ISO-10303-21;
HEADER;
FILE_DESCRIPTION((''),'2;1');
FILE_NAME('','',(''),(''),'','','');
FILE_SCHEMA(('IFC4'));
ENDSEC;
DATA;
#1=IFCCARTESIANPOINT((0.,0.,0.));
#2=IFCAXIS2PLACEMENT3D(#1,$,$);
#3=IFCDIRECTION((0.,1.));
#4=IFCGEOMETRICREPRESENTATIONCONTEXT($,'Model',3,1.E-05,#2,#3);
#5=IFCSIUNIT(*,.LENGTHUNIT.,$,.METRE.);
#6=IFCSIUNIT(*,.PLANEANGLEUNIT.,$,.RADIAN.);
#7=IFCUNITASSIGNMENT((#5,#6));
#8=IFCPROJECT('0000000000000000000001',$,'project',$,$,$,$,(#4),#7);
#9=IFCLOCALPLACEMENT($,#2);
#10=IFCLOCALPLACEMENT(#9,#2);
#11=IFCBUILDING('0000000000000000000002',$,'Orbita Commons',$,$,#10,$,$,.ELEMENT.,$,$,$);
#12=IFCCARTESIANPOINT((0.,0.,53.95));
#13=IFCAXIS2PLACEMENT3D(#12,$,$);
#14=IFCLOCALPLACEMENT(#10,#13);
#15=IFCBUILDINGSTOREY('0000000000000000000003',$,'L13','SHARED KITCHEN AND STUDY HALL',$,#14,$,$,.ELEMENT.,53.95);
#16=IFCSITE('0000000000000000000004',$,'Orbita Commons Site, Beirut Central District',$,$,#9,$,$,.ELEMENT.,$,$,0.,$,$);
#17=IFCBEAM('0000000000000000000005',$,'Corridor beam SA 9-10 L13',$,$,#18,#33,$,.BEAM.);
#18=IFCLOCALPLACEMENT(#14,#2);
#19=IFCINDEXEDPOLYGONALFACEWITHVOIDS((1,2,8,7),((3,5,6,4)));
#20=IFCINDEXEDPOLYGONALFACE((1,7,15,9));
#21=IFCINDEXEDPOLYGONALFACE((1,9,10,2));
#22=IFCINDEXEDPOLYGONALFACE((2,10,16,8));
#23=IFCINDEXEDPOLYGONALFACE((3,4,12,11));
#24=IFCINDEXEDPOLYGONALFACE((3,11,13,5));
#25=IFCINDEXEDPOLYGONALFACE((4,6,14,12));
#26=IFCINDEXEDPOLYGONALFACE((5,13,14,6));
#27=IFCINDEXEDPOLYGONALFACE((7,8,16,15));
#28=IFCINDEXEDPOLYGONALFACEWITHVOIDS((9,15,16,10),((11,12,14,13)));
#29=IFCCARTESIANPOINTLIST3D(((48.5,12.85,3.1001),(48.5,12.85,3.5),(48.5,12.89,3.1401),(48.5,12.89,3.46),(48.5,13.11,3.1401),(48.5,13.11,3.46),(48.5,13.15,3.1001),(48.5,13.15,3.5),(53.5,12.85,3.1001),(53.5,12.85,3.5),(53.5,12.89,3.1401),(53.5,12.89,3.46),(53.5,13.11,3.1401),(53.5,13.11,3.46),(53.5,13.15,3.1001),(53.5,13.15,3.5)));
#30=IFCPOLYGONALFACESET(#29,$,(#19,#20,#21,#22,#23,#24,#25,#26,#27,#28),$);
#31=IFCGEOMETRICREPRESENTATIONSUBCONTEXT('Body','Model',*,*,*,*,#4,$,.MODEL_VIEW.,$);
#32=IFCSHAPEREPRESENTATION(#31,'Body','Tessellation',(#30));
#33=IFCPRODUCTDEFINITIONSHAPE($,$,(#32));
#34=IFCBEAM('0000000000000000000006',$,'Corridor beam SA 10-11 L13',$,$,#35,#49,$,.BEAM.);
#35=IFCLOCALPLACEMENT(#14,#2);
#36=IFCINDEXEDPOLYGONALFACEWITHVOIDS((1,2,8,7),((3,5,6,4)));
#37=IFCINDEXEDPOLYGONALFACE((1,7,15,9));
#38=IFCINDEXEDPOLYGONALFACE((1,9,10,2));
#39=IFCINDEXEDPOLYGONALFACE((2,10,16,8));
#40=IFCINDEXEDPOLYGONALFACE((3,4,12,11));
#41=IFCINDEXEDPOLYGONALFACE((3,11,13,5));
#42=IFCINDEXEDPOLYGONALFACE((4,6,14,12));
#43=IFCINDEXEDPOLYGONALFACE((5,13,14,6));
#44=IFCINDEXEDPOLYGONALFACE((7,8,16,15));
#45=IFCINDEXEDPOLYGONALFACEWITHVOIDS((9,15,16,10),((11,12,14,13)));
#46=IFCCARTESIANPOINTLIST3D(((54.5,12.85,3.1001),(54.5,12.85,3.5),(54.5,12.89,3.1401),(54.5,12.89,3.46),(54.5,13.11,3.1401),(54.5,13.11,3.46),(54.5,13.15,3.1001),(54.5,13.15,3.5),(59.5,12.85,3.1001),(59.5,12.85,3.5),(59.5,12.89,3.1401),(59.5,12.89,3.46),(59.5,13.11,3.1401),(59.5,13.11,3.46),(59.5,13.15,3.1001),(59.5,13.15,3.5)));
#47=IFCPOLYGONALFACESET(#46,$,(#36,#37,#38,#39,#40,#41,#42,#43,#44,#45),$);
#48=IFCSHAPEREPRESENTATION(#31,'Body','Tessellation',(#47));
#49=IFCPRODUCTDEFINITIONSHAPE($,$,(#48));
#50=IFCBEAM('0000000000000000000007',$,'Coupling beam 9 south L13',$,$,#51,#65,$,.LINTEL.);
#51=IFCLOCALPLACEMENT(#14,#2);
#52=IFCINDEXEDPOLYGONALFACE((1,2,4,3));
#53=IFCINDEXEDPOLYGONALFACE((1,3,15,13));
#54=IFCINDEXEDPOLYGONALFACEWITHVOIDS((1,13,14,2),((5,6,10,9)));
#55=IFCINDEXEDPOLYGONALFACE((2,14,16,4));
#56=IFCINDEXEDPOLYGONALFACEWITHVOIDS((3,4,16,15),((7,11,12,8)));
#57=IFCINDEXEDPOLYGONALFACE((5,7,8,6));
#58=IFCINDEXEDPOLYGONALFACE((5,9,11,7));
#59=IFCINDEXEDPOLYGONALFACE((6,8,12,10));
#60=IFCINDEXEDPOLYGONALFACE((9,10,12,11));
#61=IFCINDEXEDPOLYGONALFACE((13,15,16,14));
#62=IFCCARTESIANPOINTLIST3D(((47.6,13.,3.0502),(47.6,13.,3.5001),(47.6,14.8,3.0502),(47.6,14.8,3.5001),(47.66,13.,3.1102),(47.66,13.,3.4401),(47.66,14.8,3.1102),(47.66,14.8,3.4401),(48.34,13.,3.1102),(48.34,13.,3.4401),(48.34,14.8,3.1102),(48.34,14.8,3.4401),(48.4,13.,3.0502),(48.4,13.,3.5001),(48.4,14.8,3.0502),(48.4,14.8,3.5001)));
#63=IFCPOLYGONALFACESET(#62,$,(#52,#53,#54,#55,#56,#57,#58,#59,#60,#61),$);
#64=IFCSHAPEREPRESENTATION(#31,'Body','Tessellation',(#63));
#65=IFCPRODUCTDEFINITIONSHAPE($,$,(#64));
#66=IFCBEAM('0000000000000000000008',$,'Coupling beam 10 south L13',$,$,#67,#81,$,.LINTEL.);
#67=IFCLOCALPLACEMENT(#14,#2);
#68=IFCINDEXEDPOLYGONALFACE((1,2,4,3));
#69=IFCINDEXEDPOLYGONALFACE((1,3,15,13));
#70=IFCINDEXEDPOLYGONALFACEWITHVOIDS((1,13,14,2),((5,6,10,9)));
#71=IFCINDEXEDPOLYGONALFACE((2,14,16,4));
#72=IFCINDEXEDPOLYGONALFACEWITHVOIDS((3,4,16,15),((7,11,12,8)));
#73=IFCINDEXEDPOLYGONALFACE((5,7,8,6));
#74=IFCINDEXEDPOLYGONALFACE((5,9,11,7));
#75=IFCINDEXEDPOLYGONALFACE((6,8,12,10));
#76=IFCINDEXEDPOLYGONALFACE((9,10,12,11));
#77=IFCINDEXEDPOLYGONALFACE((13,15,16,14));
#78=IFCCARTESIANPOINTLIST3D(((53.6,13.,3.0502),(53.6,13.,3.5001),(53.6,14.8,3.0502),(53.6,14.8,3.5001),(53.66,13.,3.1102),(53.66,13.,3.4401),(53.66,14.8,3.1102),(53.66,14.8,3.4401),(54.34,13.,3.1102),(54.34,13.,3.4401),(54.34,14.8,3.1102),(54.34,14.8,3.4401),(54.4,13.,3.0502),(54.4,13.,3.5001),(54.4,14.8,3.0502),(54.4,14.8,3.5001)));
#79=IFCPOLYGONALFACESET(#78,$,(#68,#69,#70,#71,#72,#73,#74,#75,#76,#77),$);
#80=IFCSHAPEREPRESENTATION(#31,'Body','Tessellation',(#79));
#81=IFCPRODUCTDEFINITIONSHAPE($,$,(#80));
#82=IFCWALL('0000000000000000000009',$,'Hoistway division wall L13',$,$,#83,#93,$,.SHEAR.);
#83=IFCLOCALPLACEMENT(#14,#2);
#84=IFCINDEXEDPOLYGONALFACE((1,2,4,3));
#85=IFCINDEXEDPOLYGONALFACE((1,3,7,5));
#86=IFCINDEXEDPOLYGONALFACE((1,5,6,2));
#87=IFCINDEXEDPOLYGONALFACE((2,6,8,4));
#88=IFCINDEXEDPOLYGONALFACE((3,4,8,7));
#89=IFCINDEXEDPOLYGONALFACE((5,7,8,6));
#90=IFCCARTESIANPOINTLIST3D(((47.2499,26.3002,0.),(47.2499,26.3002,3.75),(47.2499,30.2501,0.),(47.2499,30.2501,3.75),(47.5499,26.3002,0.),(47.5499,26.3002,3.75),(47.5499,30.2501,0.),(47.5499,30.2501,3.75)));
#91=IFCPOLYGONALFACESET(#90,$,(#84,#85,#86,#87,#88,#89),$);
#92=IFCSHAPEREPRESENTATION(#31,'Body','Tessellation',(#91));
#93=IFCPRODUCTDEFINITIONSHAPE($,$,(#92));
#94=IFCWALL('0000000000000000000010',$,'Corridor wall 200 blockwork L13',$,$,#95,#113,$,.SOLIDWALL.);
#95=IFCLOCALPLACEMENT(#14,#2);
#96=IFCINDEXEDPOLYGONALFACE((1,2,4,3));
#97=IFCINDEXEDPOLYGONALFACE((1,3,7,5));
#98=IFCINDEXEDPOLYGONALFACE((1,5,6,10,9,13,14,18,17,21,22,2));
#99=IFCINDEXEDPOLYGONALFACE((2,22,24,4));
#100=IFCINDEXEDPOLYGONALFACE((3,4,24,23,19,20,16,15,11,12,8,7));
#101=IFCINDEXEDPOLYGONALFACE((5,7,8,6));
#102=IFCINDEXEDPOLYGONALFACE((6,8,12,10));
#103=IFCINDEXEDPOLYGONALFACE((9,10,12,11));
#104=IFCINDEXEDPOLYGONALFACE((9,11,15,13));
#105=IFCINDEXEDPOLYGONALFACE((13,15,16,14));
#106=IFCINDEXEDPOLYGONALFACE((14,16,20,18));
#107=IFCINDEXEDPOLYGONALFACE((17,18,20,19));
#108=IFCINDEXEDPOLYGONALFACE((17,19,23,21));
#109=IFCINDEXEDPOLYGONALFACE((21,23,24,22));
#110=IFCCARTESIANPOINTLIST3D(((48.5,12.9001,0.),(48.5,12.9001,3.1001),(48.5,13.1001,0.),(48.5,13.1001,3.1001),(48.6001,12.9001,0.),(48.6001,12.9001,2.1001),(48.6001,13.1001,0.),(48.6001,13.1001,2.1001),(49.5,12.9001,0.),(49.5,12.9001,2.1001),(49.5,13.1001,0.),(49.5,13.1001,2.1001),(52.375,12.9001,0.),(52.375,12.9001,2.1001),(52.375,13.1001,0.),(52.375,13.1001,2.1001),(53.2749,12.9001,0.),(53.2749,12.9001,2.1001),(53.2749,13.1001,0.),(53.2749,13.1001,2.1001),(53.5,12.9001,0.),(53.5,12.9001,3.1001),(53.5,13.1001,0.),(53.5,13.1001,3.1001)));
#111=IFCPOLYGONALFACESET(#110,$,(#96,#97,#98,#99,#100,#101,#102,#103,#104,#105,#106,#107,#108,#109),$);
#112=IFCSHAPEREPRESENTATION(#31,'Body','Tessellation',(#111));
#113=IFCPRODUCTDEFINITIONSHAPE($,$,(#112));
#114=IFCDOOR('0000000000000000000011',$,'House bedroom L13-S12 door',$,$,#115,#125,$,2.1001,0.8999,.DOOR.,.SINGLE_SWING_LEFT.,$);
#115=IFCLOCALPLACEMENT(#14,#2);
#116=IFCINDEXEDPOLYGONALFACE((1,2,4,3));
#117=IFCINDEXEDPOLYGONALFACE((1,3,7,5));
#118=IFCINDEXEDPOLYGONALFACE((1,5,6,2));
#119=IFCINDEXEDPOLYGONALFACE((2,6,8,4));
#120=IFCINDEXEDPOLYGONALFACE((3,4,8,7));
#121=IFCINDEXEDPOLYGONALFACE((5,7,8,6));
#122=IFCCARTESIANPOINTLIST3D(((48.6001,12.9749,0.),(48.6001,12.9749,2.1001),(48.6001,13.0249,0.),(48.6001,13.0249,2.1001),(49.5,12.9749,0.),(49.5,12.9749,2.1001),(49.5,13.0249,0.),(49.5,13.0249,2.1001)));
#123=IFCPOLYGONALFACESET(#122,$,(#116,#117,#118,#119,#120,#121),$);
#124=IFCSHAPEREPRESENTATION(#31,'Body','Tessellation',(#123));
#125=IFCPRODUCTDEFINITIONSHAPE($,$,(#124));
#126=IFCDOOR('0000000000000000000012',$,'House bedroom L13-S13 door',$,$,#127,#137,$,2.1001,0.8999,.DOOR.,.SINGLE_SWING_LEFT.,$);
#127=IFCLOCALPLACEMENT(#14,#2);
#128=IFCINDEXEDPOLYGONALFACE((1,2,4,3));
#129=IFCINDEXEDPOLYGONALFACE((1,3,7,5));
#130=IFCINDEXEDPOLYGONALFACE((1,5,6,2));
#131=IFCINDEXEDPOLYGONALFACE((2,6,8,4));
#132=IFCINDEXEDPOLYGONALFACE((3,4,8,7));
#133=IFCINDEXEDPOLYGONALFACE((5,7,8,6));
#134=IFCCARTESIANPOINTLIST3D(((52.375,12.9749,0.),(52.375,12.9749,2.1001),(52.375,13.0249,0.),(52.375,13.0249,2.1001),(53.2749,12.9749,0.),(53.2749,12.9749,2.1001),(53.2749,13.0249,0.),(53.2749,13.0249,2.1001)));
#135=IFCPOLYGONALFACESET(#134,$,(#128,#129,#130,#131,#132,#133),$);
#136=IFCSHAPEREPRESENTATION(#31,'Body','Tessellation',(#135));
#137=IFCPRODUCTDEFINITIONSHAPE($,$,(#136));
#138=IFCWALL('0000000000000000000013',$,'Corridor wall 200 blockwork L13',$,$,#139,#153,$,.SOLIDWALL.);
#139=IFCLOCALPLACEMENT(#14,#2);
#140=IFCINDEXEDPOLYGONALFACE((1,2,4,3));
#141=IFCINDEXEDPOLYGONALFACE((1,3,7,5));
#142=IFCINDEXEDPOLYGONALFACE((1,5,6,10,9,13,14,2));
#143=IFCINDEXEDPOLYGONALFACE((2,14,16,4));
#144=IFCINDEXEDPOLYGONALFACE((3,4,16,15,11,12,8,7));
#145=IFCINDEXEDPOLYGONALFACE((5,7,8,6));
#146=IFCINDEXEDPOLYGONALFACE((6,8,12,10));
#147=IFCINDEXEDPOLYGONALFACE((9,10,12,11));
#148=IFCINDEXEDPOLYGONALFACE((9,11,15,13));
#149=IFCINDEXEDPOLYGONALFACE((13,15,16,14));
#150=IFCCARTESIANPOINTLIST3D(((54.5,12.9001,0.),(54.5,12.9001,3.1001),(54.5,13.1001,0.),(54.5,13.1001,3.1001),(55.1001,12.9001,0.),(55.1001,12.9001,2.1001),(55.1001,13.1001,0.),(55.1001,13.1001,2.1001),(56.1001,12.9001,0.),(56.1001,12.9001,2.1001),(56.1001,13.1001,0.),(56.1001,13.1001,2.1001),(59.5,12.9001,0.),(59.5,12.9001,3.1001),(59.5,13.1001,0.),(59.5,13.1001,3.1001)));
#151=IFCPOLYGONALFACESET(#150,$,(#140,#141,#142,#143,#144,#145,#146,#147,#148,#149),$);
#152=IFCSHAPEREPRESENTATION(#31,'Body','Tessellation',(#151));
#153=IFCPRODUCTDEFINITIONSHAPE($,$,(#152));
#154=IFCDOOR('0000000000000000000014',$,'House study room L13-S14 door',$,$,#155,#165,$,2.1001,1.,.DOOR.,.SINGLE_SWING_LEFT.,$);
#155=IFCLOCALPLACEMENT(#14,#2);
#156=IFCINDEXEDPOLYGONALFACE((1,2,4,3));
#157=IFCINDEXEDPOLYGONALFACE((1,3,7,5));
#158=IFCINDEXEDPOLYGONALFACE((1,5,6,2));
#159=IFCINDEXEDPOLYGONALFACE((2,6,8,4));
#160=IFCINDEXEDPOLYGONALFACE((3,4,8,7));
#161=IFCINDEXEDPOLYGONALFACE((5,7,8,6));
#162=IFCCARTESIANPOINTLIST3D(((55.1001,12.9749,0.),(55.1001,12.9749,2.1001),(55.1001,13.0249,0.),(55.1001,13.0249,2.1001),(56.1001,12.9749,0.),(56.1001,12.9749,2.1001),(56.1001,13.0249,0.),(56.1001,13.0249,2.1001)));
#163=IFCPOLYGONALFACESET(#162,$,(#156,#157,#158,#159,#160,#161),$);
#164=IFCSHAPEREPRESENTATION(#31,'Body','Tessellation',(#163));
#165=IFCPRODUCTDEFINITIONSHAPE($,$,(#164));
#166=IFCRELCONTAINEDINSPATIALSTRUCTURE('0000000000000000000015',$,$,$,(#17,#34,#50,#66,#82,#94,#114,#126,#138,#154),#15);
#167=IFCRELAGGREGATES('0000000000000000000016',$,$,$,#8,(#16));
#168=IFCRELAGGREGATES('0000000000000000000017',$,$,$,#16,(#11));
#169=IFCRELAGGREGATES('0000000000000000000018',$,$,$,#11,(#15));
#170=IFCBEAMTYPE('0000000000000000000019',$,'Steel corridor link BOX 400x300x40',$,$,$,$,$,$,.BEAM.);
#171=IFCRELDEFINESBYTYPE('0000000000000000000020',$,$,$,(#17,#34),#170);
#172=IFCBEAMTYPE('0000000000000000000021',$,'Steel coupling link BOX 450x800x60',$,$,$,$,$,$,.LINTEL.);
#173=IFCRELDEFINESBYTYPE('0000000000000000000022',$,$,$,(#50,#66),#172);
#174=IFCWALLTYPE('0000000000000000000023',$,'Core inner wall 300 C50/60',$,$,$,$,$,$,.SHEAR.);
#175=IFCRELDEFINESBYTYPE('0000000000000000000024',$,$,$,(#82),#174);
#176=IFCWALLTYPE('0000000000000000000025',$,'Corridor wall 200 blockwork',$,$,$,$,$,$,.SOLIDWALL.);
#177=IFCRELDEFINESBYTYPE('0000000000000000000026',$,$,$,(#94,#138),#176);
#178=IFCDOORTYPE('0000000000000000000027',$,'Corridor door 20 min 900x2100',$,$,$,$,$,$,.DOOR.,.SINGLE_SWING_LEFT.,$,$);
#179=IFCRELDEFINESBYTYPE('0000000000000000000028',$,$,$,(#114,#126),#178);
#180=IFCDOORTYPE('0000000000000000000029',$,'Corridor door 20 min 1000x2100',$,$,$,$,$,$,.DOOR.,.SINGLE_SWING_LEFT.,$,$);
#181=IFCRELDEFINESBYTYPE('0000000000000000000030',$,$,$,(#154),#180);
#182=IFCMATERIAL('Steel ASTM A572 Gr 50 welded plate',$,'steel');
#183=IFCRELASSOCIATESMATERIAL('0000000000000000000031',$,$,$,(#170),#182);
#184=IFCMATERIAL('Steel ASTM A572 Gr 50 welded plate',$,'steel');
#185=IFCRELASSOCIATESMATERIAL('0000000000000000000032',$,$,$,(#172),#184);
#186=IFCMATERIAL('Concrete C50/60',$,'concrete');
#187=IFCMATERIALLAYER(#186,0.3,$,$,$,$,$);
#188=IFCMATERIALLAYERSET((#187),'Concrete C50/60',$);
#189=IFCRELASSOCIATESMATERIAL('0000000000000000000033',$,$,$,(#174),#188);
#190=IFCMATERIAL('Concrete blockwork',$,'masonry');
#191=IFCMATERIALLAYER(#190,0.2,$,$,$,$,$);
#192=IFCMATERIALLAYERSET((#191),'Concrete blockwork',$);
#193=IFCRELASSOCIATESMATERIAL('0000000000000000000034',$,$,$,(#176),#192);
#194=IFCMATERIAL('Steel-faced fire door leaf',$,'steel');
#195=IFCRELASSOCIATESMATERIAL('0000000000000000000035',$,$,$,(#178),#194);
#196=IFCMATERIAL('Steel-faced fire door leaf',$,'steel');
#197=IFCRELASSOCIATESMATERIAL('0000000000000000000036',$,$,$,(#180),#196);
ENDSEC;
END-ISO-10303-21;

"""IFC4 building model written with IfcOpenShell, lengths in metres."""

from ifc_helpers import new_model, si_unit, direction, frame, frame_2d, origin, origin_2d, place, context, subcontext, project, spatial, polyline, rectangle, hollow_rectangle, outline, extrude, material, layer, layer_set, material_profile, profile_set, type_object, element, fill, save


model = new_model("IFC4")

# Units and contexts
model_context = context("Model", 3, precision=1e-05, world=origin(), true_north=direction((0.0, 1.0)))
body_context = subcontext(model_context, "Body", "Model", "MODEL_VIEW")
ifc_project = project(units=[si_unit("LENGTHUNIT", "METRE"), si_unit("PLANEANGLEUNIT", "RADIAN")], contexts=[model_context])

# Site, building, storey
site_placement = place(None, origin())
site = spatial("IfcSite", under=ifc_project, at=site_placement, Name="Orbita Commons Site, Beirut Central District", CompositionType="ELEMENT", RefElevation=0.0)
building_placement = place(site_placement, origin())
building = spatial("IfcBuilding", under=site, at=building_placement, Name="Orbita Commons", CompositionType="ELEMENT")
storey_placement = place(building_placement, frame((0.0, 0.0, 53.95)))
storey = spatial("IfcBuildingStorey", under=building, at=storey_placement, Name="L13", Description="SHARED KITCHEN AND STUDY HALL", CompositionType="ELEMENT", Elevation=53.95)

# Beams
ifc_material_1 = material(Name="Steel ASTM A572 Gr 50 welded plate", Category="steel")
ifc_material_profile_1 = material_profile(ifc_material_1, hollow_rectangle(XDim=0.3, YDim=0.3999, WallThickness=0.04, at=origin_2d()), Name="BOX 400x300x40")
ifc_profile_set_1 = profile_set([ifc_material_profile_1], Name="Steel ASTM A572 Gr 50 welded plate")
beam_type_1 = type_object("IfcBeamType", Name="Steel corridor link BOX 400x300x40", PredefinedType="BEAM", material=ifc_profile_set_1)
for number, where, z_axis, x_axis, name in (
    (1, (48.5, 13.0, 3.3), (1.0, 0.0, 0.0), (0.0, 1.0, 0.0), "Corridor beam SA 9-10 L13"),
    (2, (54.5, 13.0, 3.3), (1.0, 0.0, 0.0), (0.0, 1.0, 0.0), "Corridor beam SA 10-11 L13"),
):
    element("IfcBeam", number, at=place(storey_placement, frame(where, z_axis=z_axis, x_axis=x_axis)), inside=storey, type_object=beam_type_1, Name=name, PredefinedType="BEAM", context=body_context, shape_type="SweptSolid", body=[
        extrude(hollow_rectangle(XDim=0.3, YDim=0.3999, WallThickness=0.04, at=origin_2d()), origin(), (0.0, 0.0, 1.0), 5.0),
    ])
ifc_material_2 = material(Name="Steel ASTM A572 Gr 50 welded plate", Category="steel")
ifc_material_profile_2 = material_profile(ifc_material_2, hollow_rectangle(XDim=0.8, YDim=0.45, WallThickness=0.0601, at=origin_2d()), Name="BOX 450x800x60")
ifc_profile_set_2 = profile_set([ifc_material_profile_2], Name="Steel ASTM A572 Gr 50 welded plate")
beam_type_2 = type_object("IfcBeamType", Name="Steel coupling link BOX 450x800x60", PredefinedType="LINTEL", material=ifc_profile_set_2)
for number, where, z_axis, x_axis, name in (
    (3, (48.0, 13.0, 3.2751), (0.0, 1.0, 0.0), (-1.0, 0.0, 0.0), "Coupling beam 9 south L13"),
    (4, (54.0, 13.0, 3.2751), (0.0, 1.0, 0.0), (-1.0, 0.0, 0.0), "Coupling beam 10 south L13"),
):
    element("IfcBeam", number, at=place(storey_placement, frame(where, z_axis=z_axis, x_axis=x_axis)), inside=storey, type_object=beam_type_2, Name=name, PredefinedType="LINTEL", context=body_context, shape_type="SweptSolid", body=[
        extrude(hollow_rectangle(XDim=0.8, YDim=0.45, WallThickness=0.0601, at=origin_2d()), origin(), (0.0, 0.0, 1.0), 1.8),
    ])

# Wall
ifc_material_3 = material(Name="Concrete C50/60", Category="concrete")
ifc_layer_1 = layer(ifc_material_3, 0.3)
ifc_layer_set_1 = layer_set([ifc_layer_1], Name="Concrete C50/60")
wall_type_1 = type_object("IfcWallType", Name="Core inner wall 300 C50/60", PredefinedType="SHEAR", material=ifc_layer_set_1)
wall_1_placement = place(storey_placement, frame((47.3999, 26.3, 0.0), z_axis=(0.0, 0.0, 1.0), x_axis=(0.0, 1.0, 0.0)))
element("IfcWall", 5, at=wall_1_placement, inside=storey, type_object=wall_type_1, Name="Hoistway division wall L13", PredefinedType="SHEAR", context=body_context, shape_type="SweptSolid", body=[
    extrude(rectangle(XDim=3.95, YDim=0.3, at=frame_2d((1.9751, 0.0))), origin(), (0.0, 0.0, 1.0), 3.75),
])

# Wall, openings, doors
ifc_material_4 = material(Name="Concrete blockwork", Category="masonry")
ifc_layer_2 = layer(ifc_material_4, 0.2)
ifc_layer_set_2 = layer_set([ifc_layer_2], Name="Concrete blockwork")
wall_type_2 = type_object("IfcWallType", Name="Corridor wall 200 blockwork", PredefinedType="SOLIDWALL", material=ifc_layer_set_2)
wall_2_placement = place(storey_placement, frame((48.5, 13.0, 0.0), z_axis=(0.0, 0.0, 1.0), x_axis=(1.0, 0.0, 0.0)))
wall_2 = element("IfcWall", 6, at=wall_2_placement, inside=storey, type_object=wall_type_2, Name="Corridor wall 200 blockwork L13", PredefinedType="SOLIDWALL", context=body_context, shape_type="SweptSolid", body=[
    extrude(outline(polyline([(0.0, 0.0), (5.0, 0.0), (5.0, 3.1001), (0.0, 3.1001), (0.0, 0.0)])), frame((0.0, 0.1001, 0.0), z_axis=(0.0, -1.0, 0.0), x_axis=(1.0, 0.0, 0.0)), (0.0, 0.0, 1.0), 0.2),
])
opening_1_placement = place(wall_2_placement, frame((0.1001, 0.0, 0.0)))
opening_1 = element("IfcOpeningElement", 7, at=opening_1_placement, cuts=wall_2, PredefinedType="OPENING", context=body_context, shape_type="SweptSolid", body=[
    extrude(rectangle(XDim=0.8999, YDim=2.1001, at=frame_2d((0.45, 1.05))), frame((0.0, 0.1099, 0.0), z_axis=(0.0, -1.0, 0.0), x_axis=(1.0, 0.0, 0.0)), (0.0, 0.0, 1.0), 0.22),
])
opening_2_placement = place(wall_2_placement, frame((3.875, 0.0, 0.0)))
opening_2 = element("IfcOpeningElement", 8, at=opening_2_placement, cuts=wall_2, PredefinedType="OPENING", context=body_context, shape_type="SweptSolid", body=[
    extrude(rectangle(XDim=0.8999, YDim=2.1001, at=frame_2d((0.45, 1.05))), frame((0.0, 0.1099, 0.0), z_axis=(0.0, -1.0, 0.0), x_axis=(1.0, 0.0, 0.0)), (0.0, 0.0, 1.0), 0.22),
])
ifc_material_5 = material(Name="Steel-faced fire door leaf", Category="steel")
door_type_1 = type_object("IfcDoorType", Name="Corridor door 20 min 900x2100", OperationType="SINGLE_SWING_LEFT", PredefinedType="DOOR", material=ifc_material_5)
door_1_placement = place(opening_1_placement, origin())
door_1 = element("IfcDoor", 9, at=door_1_placement, inside=storey, type_object=door_type_1, Name="House bedroom L13-S12 door", OperationType="SINGLE_SWING_LEFT", OverallHeight=2.1001, OverallWidth=0.8999, PredefinedType="DOOR", context=body_context, shape_type="SweptSolid", body=[
    extrude(rectangle(XDim=0.8999, YDim=2.1001, at=frame_2d((0.45, 1.05))), frame((0.0, 0.0249, 0.0), z_axis=(0.0, -1.0, 0.0), x_axis=(1.0, 0.0, 0.0)), (0.0, 0.0, 1.0), 0.05),
])
fill(opening_1, door_1)
door_2_placement = place(opening_2_placement, origin())
door_2 = element("IfcDoor", 10, at=door_2_placement, inside=storey, type_object=door_type_1, Name="House bedroom L13-S13 door", OperationType="SINGLE_SWING_LEFT", OverallHeight=2.1001, OverallWidth=0.8999, PredefinedType="DOOR", context=body_context, shape_type="SweptSolid", body=[
    extrude(rectangle(XDim=0.8999, YDim=2.1001, at=frame_2d((0.45, 1.05))), frame((0.0, 0.0249, 0.0), z_axis=(0.0, -1.0, 0.0), x_axis=(1.0, 0.0, 0.0)), (0.0, 0.0, 1.0), 0.05),
])
fill(opening_2, door_2)

# Wall, opening, door
wall_3_placement = place(storey_placement, frame((54.5, 13.0, 0.0), z_axis=(0.0, 0.0, 1.0), x_axis=(1.0, 0.0, 0.0)))
wall_3 = element("IfcWall", 11, at=wall_3_placement, inside=storey, type_object=wall_type_2, Name="Corridor wall 200 blockwork L13", PredefinedType="SOLIDWALL", context=body_context, shape_type="SweptSolid", body=[
    extrude(outline(polyline([(0.0, 0.0), (5.0, 0.0), (5.0, 3.1001), (0.0, 3.1001), (0.0, 0.0)])), frame((0.0, 0.1001, 0.0), z_axis=(0.0, -1.0, 0.0), x_axis=(1.0, 0.0, 0.0)), (0.0, 0.0, 1.0), 0.2),
])
opening_3_placement = place(wall_3_placement, frame((0.6001, 0.0, 0.0)))
opening_3 = element("IfcOpeningElement", 12, at=opening_3_placement, cuts=wall_3, PredefinedType="OPENING", context=body_context, shape_type="SweptSolid", body=[
    extrude(rectangle(XDim=1.0, YDim=2.1001, at=frame_2d((0.5, 1.05))), frame((0.0, 0.1099, 0.0), z_axis=(0.0, -1.0, 0.0), x_axis=(1.0, 0.0, 0.0)), (0.0, 0.0, 1.0), 0.22),
])
ifc_material_6 = material(Name="Steel-faced fire door leaf", Category="steel")
door_type_2 = type_object("IfcDoorType", Name="Corridor door 20 min 1000x2100", OperationType="SINGLE_SWING_LEFT", PredefinedType="DOOR", material=ifc_material_6)
door_3_placement = place(opening_3_placement, origin())
door_3 = element("IfcDoor", 13, at=door_3_placement, inside=storey, type_object=door_type_2, Name="House study room L13-S14 door", OperationType="SINGLE_SWING_LEFT", OverallHeight=2.1001, OverallWidth=1.0, PredefinedType="DOOR", context=body_context, shape_type="SweptSolid", body=[
    extrude(rectangle(XDim=1.0, YDim=2.1001, at=frame_2d((0.5, 1.05))), frame((0.0, 0.0249, 0.0), z_axis=(0.0, -1.0, 0.0), x_axis=(1.0, 0.0, 0.0)), (0.0, 0.0, 1.0), 0.05),
])
fill(opening_3, door_3)

save(model, "model.ifc")
